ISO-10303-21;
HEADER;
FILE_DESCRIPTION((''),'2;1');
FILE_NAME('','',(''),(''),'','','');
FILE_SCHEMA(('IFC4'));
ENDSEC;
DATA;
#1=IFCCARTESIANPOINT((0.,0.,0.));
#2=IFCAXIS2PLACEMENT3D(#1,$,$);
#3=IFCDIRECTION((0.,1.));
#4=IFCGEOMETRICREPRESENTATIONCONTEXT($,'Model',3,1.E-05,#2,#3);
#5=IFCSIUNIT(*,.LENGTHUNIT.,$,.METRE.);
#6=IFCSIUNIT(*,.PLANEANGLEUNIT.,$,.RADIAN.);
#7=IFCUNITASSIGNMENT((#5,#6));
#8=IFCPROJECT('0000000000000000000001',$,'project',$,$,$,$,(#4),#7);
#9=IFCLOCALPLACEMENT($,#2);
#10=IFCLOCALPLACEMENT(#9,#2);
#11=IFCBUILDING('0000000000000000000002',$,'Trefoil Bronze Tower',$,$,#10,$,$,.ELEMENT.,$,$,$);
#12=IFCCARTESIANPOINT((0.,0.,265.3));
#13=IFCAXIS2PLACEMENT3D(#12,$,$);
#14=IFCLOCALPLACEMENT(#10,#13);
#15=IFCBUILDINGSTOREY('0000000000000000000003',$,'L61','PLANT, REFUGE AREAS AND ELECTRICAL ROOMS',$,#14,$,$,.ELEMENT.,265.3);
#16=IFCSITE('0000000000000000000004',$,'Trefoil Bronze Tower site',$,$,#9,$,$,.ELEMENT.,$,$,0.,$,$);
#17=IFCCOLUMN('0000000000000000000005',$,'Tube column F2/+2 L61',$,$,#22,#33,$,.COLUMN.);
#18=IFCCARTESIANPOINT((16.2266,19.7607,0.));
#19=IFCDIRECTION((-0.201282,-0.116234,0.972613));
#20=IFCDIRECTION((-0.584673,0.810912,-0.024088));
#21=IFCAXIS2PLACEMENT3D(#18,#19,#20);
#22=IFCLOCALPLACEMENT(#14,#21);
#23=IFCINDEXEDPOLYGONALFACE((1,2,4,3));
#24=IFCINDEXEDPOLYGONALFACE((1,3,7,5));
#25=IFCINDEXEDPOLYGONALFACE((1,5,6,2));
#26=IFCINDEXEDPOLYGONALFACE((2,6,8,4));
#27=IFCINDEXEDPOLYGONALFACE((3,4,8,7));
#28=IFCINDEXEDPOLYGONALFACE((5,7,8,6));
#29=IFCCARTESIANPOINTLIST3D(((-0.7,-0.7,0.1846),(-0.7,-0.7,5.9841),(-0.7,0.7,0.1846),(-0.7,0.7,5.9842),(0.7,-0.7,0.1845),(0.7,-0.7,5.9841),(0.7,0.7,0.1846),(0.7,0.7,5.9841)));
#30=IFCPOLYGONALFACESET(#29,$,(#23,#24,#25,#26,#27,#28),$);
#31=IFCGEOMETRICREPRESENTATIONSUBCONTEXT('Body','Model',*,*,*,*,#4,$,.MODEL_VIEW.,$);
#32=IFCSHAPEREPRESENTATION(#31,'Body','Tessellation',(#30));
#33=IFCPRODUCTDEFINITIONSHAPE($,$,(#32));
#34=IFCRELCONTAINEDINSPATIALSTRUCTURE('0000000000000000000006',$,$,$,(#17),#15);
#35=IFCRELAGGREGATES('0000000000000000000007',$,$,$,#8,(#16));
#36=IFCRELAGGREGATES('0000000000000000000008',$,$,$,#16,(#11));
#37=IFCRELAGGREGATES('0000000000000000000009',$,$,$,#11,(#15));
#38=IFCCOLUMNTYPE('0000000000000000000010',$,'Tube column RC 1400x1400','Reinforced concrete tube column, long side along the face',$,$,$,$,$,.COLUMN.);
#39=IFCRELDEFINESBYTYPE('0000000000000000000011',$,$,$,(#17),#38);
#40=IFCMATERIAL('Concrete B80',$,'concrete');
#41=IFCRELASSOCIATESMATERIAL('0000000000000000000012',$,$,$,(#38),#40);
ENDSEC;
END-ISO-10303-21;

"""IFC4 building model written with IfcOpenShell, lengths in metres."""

from ifc_helpers import new_model, si_unit, direction, frame, origin, origin_2d, place, context, subcontext, project, spatial, rectangle, extrude, clip, halfspace, material, material_profile, profile_set, type_object, element, save


model = new_model("IFC4")

# Units and contexts
model_context = context("Model", 3, precision=1e-05, world=origin(), true_north=direction((0.0, 1.0)))
body_context = subcontext(model_context, "Body", "Model", "MODEL_VIEW")
ifc_project = project(units=[si_unit("LENGTHUNIT", "METRE"), si_unit("PLANEANGLEUNIT", "RADIAN")], contexts=[model_context])

# Site, building, storey
site_placement = place(None, origin())
site = spatial("IfcSite", under=ifc_project, at=site_placement, Name="Trefoil Bronze Tower site", CompositionType="ELEMENT", RefElevation=0.0)
building_placement = place(site_placement, origin())
building = spatial("IfcBuilding", under=site, at=building_placement, Name="Trefoil Bronze Tower", CompositionType="ELEMENT")
storey_placement = place(building_placement, frame((0.0, 0.0, 265.3)))
storey = spatial("IfcBuildingStorey", under=building, at=storey_placement, Name="L61", Description="PLANT, REFUGE AREAS AND ELECTRICAL ROOMS", CompositionType="ELEMENT", Elevation=265.3)

# Column
ifc_material_1 = material(Name="Concrete B80", Category="concrete")
ifc_material_profile_1 = material_profile(ifc_material_1, rectangle(XDim=1.3999, YDim=1.3999, at=origin_2d()), Name="RC 1400x1400")
ifc_profile_set_1 = profile_set([ifc_material_profile_1], Name="Concrete B80")
column_type = type_object("IfcColumnType", Name="Tube column RC 1400x1400", Description="Reinforced concrete tube column, long side along the face", PredefinedType="COLUMN", material=ifc_profile_set_1)
column_placement = place(storey_placement, frame((16.2266, 19.7607, 0.0), z_axis=(-0.201282, -0.116234, 0.972613), x_axis=(-0.584673, 0.810912, -0.024088)))
element("IfcColumn", 1, at=column_placement, inside=storey, type_object=column_type, Name="Tube column F2/+2 L61", PredefinedType="COLUMN", context=body_context, shape_type="Clipping", body=[
    clip(clip(extrude(rectangle(XDim=1.3999, YDim=1.3999, at=origin_2d()), origin(), (0.0, 0.0, 1.0), 6.1689), halfspace(frame((0.0, 0.0, 0.1846), z_axis=(0.000019, -0.000011, 1.0), x_axis=(0.0, 1.0, 0.000011)), True)), halfspace(frame((0.0, 0.0, 5.9841), z_axis=(-0.000019, 0.000011, -1.0), x_axis=(0.0, -1.0, -0.000011)), True)),
])

save(model, "model.ifc")
